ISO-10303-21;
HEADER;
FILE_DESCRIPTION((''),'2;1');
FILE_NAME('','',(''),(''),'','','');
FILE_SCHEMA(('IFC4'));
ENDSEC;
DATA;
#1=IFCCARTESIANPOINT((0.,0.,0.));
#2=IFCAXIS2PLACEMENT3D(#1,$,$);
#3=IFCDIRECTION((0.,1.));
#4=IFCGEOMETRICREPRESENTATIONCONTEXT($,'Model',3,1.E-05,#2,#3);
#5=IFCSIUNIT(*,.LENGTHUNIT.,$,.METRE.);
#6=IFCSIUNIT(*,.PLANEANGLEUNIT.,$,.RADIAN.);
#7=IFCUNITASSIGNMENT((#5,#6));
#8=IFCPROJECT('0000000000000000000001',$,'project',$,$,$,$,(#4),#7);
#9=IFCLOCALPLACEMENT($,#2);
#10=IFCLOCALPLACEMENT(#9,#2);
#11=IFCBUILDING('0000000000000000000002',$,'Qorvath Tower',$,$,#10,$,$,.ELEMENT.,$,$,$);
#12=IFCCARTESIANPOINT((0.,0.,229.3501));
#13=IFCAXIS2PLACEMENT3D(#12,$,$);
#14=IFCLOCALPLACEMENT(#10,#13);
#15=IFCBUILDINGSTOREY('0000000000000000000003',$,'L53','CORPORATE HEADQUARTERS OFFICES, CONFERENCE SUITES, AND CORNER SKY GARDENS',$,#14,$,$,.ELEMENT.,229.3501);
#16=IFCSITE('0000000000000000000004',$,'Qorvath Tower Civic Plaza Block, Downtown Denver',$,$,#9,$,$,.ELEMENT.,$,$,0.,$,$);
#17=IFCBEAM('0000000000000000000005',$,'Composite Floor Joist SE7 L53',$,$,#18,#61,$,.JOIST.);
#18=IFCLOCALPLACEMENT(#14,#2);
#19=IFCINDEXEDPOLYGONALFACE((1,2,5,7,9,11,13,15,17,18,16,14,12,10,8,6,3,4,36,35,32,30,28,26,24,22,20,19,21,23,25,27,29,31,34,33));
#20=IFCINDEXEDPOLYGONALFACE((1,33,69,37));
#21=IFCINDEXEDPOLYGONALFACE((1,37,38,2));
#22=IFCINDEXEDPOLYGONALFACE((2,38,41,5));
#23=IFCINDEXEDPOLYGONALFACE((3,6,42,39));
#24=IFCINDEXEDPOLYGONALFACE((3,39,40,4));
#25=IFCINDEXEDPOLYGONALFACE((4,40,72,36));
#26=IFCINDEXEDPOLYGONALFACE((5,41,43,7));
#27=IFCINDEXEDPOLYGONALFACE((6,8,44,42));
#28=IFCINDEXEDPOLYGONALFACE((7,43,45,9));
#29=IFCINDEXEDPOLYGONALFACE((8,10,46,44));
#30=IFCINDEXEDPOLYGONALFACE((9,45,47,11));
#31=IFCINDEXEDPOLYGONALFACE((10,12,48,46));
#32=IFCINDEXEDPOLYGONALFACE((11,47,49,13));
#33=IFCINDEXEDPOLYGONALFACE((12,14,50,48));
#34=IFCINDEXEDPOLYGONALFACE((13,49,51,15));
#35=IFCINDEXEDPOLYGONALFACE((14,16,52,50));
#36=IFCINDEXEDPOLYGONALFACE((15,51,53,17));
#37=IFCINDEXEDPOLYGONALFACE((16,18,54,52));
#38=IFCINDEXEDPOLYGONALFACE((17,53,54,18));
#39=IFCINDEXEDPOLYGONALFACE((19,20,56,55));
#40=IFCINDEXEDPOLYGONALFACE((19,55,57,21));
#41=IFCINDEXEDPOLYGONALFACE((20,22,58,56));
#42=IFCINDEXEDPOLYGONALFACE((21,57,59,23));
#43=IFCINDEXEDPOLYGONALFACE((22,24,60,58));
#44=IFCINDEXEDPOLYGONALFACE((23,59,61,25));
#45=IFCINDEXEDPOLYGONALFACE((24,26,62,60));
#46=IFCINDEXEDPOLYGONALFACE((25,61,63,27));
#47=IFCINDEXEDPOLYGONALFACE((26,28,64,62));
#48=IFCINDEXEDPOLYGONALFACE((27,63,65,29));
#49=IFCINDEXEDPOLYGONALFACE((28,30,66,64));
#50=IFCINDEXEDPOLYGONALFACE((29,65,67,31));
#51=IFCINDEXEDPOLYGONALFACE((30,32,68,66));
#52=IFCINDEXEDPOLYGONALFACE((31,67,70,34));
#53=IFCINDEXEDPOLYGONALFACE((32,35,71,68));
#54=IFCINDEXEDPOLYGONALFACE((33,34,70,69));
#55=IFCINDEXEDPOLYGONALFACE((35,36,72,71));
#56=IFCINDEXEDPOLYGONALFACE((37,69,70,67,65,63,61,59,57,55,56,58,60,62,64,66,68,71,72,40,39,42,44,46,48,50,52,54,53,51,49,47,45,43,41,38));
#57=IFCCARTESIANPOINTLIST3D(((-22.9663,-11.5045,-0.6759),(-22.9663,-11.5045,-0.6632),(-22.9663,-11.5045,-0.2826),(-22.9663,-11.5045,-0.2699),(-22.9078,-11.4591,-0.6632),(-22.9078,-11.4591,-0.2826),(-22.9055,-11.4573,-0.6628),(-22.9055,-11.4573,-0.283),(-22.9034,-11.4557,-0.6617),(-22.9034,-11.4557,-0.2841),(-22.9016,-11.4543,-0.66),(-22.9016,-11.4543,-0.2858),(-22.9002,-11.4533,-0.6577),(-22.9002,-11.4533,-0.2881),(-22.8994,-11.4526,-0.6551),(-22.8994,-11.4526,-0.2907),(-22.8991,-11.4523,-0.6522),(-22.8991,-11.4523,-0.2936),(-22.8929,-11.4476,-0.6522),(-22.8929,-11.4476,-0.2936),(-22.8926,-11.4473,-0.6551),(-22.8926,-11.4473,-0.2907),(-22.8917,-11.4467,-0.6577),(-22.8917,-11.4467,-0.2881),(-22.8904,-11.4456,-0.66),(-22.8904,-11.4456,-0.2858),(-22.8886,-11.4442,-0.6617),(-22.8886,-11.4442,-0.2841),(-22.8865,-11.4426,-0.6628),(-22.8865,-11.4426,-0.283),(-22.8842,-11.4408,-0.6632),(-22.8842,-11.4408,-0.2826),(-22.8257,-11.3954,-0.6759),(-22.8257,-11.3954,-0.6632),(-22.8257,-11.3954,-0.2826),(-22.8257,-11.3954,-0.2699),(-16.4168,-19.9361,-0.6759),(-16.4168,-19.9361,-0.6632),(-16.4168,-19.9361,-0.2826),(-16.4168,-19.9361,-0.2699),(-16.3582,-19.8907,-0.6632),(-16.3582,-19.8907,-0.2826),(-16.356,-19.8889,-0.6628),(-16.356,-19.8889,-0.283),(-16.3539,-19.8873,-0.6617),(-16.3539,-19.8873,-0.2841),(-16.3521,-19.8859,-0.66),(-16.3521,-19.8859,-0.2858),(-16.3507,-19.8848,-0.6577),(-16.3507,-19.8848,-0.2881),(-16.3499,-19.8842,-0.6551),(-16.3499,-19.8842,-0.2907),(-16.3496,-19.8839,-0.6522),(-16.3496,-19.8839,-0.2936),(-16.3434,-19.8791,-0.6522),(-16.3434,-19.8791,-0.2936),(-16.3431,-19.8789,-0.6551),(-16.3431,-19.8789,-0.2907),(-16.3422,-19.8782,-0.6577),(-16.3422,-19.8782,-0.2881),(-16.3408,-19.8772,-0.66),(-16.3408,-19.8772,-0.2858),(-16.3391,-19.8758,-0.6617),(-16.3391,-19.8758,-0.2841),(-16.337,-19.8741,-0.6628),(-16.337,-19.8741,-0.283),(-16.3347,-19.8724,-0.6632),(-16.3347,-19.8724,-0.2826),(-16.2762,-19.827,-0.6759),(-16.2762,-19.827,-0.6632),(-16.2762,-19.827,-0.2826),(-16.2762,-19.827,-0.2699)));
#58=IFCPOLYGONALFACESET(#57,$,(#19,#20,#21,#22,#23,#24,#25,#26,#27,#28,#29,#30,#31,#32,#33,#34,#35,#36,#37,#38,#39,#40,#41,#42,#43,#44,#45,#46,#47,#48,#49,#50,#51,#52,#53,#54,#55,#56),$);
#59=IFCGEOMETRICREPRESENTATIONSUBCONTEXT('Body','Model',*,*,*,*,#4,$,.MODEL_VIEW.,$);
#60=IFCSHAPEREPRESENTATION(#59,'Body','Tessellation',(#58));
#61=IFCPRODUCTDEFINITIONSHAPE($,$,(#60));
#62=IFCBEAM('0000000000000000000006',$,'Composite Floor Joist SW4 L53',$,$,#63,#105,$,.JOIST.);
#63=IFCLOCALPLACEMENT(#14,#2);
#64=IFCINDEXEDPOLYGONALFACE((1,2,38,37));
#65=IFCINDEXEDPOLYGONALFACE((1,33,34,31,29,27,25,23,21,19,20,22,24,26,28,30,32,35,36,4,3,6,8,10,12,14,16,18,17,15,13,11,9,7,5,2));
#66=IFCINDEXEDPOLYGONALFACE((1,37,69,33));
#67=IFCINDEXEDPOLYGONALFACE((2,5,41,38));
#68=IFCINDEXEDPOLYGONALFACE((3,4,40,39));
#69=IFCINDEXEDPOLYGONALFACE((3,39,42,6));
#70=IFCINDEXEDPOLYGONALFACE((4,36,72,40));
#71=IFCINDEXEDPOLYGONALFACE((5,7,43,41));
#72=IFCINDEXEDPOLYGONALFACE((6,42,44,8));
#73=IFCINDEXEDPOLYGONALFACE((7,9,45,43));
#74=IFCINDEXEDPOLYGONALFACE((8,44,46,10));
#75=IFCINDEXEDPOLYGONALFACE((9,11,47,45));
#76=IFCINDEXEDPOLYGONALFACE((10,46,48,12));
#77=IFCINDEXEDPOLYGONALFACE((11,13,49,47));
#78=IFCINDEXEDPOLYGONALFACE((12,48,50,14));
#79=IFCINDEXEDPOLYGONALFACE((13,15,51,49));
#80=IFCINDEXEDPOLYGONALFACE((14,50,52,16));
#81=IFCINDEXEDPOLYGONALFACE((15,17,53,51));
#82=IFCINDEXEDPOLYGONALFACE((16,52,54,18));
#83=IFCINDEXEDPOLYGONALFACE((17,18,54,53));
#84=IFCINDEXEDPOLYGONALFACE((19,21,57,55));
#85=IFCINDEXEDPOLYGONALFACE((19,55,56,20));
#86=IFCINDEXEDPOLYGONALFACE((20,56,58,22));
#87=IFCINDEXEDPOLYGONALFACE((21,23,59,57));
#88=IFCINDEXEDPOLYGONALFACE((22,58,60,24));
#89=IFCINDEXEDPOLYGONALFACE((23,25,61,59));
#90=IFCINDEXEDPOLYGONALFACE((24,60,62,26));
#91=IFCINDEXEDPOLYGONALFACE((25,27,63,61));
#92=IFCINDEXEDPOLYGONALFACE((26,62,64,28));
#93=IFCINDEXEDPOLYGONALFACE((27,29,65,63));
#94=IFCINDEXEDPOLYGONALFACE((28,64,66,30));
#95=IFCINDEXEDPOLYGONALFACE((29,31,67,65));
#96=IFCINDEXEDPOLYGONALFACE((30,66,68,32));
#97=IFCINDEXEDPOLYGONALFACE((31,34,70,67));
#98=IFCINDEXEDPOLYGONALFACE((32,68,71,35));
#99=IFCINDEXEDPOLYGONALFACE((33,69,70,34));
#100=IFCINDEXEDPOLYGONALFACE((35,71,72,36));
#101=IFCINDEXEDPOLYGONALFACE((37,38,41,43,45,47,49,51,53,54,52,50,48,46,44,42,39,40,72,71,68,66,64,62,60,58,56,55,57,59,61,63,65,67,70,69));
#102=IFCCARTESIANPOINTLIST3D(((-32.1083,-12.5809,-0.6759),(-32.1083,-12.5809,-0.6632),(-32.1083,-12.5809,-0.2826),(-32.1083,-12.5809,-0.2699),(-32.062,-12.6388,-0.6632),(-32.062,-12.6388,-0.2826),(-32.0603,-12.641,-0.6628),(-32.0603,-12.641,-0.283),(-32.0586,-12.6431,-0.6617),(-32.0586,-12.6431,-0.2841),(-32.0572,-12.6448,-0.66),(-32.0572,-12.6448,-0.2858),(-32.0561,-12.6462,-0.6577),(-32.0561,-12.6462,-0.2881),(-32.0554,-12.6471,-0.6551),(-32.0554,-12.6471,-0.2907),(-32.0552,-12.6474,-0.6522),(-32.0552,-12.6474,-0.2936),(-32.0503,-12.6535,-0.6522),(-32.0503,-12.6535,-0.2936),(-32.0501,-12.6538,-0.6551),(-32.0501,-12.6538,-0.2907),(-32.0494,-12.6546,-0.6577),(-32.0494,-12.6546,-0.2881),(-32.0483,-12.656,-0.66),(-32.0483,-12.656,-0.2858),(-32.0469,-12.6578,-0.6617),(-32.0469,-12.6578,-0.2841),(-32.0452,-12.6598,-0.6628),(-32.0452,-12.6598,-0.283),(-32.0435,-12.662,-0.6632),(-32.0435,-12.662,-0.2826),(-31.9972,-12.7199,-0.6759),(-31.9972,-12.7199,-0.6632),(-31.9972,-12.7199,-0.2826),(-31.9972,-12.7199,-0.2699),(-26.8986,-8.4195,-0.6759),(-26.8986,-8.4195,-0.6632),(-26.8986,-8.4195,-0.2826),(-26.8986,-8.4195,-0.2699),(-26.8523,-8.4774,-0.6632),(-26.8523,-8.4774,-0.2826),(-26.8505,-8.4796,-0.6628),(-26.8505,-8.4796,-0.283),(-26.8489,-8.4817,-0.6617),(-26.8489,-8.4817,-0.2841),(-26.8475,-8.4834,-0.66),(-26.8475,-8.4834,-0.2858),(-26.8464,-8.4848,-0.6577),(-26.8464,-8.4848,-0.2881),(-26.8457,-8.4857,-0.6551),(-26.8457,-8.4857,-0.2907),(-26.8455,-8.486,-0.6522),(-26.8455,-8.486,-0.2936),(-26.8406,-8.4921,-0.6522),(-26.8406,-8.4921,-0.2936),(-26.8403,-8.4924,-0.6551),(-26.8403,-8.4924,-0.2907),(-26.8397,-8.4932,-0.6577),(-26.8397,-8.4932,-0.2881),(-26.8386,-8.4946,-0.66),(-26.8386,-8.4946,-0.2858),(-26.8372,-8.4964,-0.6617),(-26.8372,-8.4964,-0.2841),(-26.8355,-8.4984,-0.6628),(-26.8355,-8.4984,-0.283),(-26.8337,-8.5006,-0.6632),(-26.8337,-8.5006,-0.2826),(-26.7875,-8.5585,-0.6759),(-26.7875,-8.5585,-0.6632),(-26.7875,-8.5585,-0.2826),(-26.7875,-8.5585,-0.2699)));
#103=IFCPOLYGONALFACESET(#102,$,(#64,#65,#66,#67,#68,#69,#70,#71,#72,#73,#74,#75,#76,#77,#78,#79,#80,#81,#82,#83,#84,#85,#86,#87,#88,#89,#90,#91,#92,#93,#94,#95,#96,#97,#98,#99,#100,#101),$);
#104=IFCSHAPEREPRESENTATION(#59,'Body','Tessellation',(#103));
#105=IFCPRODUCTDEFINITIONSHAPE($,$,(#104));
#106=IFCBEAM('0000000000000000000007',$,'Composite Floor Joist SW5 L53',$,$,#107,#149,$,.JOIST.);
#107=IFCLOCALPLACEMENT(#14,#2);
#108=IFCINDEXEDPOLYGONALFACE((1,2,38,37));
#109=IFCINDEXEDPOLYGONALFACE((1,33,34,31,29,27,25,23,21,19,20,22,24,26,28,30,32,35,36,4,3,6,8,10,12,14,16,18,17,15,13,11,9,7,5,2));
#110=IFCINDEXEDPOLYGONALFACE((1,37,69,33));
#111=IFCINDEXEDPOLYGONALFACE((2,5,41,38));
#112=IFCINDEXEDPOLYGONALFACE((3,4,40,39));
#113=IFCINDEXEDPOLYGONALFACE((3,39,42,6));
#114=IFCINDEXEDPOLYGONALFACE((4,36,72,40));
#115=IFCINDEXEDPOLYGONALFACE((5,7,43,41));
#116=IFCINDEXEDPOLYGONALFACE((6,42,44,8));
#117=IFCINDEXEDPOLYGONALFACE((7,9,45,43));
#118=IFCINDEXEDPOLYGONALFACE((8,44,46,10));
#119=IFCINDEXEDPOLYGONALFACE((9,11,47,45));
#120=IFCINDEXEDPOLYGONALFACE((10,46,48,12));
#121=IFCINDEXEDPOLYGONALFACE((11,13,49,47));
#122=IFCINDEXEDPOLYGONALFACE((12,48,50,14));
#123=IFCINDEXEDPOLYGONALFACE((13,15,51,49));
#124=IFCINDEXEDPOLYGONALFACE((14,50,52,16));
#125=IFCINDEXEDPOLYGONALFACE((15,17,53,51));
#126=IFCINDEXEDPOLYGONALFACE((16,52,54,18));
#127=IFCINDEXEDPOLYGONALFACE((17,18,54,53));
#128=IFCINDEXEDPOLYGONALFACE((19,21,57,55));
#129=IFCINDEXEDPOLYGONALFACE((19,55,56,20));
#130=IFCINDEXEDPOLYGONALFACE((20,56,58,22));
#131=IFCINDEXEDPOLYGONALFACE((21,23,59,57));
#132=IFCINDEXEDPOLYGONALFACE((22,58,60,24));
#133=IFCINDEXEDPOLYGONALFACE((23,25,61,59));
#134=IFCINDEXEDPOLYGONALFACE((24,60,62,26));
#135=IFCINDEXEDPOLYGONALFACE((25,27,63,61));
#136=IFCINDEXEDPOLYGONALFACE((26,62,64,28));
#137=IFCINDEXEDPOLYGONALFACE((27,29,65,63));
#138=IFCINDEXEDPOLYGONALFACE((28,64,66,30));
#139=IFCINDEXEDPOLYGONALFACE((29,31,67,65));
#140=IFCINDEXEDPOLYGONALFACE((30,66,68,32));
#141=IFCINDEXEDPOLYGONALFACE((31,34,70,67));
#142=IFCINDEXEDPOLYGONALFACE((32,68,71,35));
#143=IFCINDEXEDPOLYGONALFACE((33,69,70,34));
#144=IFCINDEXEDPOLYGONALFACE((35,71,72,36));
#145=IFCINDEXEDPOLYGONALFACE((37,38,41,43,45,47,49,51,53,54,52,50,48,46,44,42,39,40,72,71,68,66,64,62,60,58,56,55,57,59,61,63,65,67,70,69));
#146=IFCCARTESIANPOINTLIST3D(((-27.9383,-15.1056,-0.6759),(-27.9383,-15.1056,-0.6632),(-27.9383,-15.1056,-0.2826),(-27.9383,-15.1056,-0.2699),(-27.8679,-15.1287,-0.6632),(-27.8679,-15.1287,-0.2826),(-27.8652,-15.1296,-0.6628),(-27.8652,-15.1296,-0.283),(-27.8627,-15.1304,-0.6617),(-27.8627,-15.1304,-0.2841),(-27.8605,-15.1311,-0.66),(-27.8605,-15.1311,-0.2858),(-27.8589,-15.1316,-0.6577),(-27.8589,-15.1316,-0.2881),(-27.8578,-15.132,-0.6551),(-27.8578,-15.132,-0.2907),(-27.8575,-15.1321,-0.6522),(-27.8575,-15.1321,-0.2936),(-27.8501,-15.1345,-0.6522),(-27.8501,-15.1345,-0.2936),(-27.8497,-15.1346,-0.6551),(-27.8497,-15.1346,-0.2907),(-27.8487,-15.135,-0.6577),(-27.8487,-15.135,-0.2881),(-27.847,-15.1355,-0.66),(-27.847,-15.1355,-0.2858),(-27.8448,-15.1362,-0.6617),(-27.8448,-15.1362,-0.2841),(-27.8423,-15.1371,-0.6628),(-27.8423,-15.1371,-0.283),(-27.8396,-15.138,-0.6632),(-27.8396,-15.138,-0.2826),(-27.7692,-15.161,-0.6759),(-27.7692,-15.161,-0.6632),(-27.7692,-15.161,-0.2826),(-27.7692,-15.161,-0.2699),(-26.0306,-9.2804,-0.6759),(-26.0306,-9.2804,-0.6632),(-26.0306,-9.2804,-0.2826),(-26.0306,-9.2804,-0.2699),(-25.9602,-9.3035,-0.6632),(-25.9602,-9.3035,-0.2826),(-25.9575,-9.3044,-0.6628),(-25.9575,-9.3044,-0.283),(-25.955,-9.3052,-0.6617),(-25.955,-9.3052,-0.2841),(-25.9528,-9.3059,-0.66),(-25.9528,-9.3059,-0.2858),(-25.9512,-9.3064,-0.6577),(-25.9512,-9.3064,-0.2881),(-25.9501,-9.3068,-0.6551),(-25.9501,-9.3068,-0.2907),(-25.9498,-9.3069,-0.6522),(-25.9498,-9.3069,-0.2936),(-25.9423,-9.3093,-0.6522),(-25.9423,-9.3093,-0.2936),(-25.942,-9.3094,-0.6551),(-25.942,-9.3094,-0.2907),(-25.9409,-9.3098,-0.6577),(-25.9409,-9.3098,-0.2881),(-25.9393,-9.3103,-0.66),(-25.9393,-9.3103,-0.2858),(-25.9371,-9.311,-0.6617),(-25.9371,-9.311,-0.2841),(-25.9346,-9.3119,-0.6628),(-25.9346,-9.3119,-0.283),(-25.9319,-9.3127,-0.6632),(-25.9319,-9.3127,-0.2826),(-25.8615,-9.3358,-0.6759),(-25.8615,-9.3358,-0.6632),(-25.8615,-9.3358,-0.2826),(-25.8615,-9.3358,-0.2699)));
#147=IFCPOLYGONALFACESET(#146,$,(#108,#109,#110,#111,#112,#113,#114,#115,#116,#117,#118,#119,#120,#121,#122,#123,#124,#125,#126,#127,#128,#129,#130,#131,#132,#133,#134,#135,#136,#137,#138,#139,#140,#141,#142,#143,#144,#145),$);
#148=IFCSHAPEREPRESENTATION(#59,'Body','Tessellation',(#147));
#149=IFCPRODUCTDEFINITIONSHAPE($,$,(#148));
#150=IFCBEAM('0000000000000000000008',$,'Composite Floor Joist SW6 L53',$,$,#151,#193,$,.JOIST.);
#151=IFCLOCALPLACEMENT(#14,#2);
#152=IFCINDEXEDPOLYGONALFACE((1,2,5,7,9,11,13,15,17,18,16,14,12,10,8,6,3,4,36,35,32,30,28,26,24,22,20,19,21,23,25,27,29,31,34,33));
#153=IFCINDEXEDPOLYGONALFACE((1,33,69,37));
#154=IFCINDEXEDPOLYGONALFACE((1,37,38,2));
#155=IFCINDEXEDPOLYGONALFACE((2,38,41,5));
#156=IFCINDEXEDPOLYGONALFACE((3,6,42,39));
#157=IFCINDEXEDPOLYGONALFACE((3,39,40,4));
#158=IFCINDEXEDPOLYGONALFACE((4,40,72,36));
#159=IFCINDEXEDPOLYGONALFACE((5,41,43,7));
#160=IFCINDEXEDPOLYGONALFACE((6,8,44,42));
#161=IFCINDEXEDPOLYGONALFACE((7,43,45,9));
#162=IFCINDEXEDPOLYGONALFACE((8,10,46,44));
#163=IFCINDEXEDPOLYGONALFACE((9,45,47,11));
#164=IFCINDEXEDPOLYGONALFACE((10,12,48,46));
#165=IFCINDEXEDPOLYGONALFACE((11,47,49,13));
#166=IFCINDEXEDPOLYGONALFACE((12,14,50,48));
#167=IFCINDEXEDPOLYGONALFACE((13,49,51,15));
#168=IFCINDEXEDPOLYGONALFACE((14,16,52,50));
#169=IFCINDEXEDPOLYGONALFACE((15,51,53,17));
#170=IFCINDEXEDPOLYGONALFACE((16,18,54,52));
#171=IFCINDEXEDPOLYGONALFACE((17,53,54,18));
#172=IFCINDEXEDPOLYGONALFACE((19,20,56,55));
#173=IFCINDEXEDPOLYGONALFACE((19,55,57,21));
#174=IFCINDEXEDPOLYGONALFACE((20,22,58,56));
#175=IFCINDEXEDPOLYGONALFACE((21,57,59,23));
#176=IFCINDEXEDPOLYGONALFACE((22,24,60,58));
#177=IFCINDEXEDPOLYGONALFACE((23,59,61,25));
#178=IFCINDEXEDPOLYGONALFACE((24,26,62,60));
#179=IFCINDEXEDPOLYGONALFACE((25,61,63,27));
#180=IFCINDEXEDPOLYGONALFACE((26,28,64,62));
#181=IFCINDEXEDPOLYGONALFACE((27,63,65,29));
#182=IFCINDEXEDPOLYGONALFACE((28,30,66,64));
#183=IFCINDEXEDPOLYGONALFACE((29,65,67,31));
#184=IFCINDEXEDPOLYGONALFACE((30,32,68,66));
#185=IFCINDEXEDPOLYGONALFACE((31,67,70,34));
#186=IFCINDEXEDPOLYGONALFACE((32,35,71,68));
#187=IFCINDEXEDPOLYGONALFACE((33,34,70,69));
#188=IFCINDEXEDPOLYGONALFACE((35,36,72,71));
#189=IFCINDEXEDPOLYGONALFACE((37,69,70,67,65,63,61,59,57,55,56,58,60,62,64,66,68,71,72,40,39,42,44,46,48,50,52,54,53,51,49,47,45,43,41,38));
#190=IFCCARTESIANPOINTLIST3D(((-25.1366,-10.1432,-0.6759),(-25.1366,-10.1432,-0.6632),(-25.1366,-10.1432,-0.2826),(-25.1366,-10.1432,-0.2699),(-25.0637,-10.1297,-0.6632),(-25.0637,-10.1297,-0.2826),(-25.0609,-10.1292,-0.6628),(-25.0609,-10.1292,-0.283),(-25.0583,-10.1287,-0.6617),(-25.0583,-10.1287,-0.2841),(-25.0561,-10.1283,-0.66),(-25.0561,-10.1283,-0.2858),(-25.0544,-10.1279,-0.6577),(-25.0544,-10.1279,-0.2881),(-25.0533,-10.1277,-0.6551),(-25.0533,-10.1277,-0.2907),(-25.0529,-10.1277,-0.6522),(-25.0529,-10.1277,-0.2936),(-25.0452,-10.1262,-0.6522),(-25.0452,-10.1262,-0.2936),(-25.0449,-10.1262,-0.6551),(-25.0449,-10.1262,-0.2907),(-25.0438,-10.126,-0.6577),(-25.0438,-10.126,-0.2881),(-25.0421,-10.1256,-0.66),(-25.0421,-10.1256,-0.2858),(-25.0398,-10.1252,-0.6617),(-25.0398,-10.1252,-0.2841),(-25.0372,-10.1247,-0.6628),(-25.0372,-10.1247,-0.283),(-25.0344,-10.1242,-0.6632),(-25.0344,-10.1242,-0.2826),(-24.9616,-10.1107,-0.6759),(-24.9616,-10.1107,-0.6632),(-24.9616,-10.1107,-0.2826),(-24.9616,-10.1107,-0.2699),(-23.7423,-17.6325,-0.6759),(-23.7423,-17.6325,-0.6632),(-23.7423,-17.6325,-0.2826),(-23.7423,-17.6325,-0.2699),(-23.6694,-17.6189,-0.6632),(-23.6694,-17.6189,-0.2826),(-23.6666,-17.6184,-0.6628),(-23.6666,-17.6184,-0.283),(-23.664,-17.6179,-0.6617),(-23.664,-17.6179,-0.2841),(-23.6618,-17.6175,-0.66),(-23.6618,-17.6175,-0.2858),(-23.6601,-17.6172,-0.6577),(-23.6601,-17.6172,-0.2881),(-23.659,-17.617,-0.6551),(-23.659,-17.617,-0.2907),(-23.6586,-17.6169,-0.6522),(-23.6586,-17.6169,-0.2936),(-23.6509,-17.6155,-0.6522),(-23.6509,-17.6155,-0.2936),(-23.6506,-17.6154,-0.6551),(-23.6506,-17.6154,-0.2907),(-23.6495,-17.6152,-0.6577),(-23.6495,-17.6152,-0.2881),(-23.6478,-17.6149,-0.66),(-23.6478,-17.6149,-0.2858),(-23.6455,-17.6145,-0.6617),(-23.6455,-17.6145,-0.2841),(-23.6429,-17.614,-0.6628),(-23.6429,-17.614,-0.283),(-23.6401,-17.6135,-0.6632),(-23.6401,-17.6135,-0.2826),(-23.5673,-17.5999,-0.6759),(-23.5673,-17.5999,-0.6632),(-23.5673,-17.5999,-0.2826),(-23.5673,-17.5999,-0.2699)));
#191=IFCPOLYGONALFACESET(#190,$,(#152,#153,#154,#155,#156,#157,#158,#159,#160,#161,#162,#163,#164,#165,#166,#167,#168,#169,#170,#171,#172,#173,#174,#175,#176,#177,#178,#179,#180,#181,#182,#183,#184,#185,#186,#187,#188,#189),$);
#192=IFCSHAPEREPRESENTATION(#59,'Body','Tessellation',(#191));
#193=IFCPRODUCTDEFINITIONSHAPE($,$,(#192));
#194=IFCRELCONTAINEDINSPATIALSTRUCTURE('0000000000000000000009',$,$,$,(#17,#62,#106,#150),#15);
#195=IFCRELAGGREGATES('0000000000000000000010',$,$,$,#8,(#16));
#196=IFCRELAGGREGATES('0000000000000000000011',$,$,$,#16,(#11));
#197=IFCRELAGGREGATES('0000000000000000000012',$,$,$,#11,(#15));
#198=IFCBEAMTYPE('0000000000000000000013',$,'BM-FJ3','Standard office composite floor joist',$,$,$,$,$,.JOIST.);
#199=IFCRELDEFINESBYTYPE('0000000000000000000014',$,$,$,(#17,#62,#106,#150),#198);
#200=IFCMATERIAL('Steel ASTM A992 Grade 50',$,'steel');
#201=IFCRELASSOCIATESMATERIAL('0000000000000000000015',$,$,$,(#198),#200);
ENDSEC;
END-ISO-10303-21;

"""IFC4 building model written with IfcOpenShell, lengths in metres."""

from ifc_helpers import new_model, si_unit, direction, frame, origin, origin_2d, place, context, subcontext, project, spatial, i_section, extrude, material, material_profile, profile_set, type_object, element, save


model = new_model("IFC4")

# Units and contexts
model_context = context("Model", 3, precision=1e-05, world=origin(), true_north=direction((0.0, 1.0)))
body_context = subcontext(model_context, "Body", "Model", "MODEL_VIEW")
ifc_project = project(units=[si_unit("LENGTHUNIT", "METRE"), si_unit("PLANEANGLEUNIT", "RADIAN")], contexts=[model_context])

# Site, building, storey
site_placement = place(None, origin())
site = spatial("IfcSite", under=ifc_project, at=site_placement, Name="Qorvath Tower Civic Plaza Block, Downtown Denver", CompositionType="ELEMENT", RefElevation=0.0)
building_placement = place(site_placement, origin())
building = spatial("IfcBuilding", under=site, at=building_placement, Name="Qorvath Tower", CompositionType="ELEMENT")
storey_placement = place(building_placement, frame((0.0, 0.0, 229.3501)))
storey = spatial("IfcBuildingStorey", under=building, at=storey_placement, Name="L53", Description="CORPORATE HEADQUARTERS OFFICES, CONFERENCE SUITES, AND CORNER SKY GARDENS", CompositionType="ELEMENT", Elevation=229.3501)

# Beams
ifc_material_1 = material(Name="Steel ASTM A992 Grade 50", Category="steel")
ifc_material_profile_1 = material_profile(ifc_material_1, i_section(OverallWidth=0.178, OverallDepth=0.406, WebThickness=0.0078, FlangeThickness=0.0127, FilletRadius=0.011, at=origin_2d()), Name="W16x40")
ifc_profile_set_1 = profile_set([ifc_material_profile_1], Name="Steel ASTM A992 Grade 50")
beam_type_1 = type_object("IfcBeamType", Name="BM-FJ3", Description="Standard office composite floor joist", PredefinedType="JOIST", material=ifc_profile_set_1)
beam_1_placement = place(storey_placement, frame((-22.896, -11.45, -0.4729), z_axis=(0.613451, -0.789733, 0.0), x_axis=(0.789733, 0.613451, 0.0)))
element("IfcBeam", 1, at=beam_1_placement, inside=storey, type_object=beam_type_1, Name="Composite Floor Joist SE7 L53", PredefinedType="JOIST", context=body_context, shape_type="SweptSolid", body=[
    extrude(i_section(OverallWidth=0.178, OverallDepth=0.406, WebThickness=0.0078, FlangeThickness=0.0127, FilletRadius=0.011, at=origin_2d()), origin(), (0.0, 0.0, 1.0), 10.6765),
])
beam_2_placement = place(storey_placement, frame((-26.843, -8.489, -0.4729), z_axis=(-0.781337, -0.62411, 0.0), x_axis=(0.62411, -0.781337, 0.0)))
element("IfcBeam", 2, at=beam_2_placement, inside=storey, type_object=beam_type_1, Name="Composite Floor Joist SW4 L53", PredefinedType="JOIST", context=body_context, shape_type="SweptSolid", body=[
    extrude(i_section(OverallWidth=0.178, OverallDepth=0.406, WebThickness=0.0078, FlangeThickness=0.0127, FilletRadius=0.011, at=origin_2d()), origin(), (0.0, 0.0, 1.0), 6.6677),
])
beam_3_placement = place(storey_placement, frame((-25.946, -9.3081, -0.4729), z_axis=(-0.311229, -0.950335, 0.0), x_axis=(0.950335, -0.311229, 0.0)))
element("IfcBeam", 3, at=beam_3_placement, inside=storey, type_object=beam_type_1, Name="Composite Floor Joist SW5 L53", PredefinedType="JOIST", context=body_context, shape_type="SweptSolid", body=[
    extrude(i_section(OverallWidth=0.178, OverallDepth=0.406, WebThickness=0.0078, FlangeThickness=0.0127, FilletRadius=0.011, at=origin_2d()), origin(), (0.0, 0.0, 1.0), 6.1296),
])
beam_4_placement = place(storey_placement, frame((-25.0491, -10.127, -0.4729), z_axis=(0.183027, -0.983108, 0.0), x_axis=(0.983108, 0.183027, 0.0)))
element("IfcBeam", 4, at=beam_4_placement, inside=storey, type_object=beam_type_1, Name="Composite Floor Joist SW6 L53", PredefinedType="JOIST", context=body_context, shape_type="SweptSolid", body=[
    extrude(i_section(OverallWidth=0.178, OverallDepth=0.406, WebThickness=0.0078, FlangeThickness=0.0127, FilletRadius=0.011, at=origin_2d()), origin(), (0.0, 0.0, 1.0), 7.6179),
])

save(model, "model.ifc")
